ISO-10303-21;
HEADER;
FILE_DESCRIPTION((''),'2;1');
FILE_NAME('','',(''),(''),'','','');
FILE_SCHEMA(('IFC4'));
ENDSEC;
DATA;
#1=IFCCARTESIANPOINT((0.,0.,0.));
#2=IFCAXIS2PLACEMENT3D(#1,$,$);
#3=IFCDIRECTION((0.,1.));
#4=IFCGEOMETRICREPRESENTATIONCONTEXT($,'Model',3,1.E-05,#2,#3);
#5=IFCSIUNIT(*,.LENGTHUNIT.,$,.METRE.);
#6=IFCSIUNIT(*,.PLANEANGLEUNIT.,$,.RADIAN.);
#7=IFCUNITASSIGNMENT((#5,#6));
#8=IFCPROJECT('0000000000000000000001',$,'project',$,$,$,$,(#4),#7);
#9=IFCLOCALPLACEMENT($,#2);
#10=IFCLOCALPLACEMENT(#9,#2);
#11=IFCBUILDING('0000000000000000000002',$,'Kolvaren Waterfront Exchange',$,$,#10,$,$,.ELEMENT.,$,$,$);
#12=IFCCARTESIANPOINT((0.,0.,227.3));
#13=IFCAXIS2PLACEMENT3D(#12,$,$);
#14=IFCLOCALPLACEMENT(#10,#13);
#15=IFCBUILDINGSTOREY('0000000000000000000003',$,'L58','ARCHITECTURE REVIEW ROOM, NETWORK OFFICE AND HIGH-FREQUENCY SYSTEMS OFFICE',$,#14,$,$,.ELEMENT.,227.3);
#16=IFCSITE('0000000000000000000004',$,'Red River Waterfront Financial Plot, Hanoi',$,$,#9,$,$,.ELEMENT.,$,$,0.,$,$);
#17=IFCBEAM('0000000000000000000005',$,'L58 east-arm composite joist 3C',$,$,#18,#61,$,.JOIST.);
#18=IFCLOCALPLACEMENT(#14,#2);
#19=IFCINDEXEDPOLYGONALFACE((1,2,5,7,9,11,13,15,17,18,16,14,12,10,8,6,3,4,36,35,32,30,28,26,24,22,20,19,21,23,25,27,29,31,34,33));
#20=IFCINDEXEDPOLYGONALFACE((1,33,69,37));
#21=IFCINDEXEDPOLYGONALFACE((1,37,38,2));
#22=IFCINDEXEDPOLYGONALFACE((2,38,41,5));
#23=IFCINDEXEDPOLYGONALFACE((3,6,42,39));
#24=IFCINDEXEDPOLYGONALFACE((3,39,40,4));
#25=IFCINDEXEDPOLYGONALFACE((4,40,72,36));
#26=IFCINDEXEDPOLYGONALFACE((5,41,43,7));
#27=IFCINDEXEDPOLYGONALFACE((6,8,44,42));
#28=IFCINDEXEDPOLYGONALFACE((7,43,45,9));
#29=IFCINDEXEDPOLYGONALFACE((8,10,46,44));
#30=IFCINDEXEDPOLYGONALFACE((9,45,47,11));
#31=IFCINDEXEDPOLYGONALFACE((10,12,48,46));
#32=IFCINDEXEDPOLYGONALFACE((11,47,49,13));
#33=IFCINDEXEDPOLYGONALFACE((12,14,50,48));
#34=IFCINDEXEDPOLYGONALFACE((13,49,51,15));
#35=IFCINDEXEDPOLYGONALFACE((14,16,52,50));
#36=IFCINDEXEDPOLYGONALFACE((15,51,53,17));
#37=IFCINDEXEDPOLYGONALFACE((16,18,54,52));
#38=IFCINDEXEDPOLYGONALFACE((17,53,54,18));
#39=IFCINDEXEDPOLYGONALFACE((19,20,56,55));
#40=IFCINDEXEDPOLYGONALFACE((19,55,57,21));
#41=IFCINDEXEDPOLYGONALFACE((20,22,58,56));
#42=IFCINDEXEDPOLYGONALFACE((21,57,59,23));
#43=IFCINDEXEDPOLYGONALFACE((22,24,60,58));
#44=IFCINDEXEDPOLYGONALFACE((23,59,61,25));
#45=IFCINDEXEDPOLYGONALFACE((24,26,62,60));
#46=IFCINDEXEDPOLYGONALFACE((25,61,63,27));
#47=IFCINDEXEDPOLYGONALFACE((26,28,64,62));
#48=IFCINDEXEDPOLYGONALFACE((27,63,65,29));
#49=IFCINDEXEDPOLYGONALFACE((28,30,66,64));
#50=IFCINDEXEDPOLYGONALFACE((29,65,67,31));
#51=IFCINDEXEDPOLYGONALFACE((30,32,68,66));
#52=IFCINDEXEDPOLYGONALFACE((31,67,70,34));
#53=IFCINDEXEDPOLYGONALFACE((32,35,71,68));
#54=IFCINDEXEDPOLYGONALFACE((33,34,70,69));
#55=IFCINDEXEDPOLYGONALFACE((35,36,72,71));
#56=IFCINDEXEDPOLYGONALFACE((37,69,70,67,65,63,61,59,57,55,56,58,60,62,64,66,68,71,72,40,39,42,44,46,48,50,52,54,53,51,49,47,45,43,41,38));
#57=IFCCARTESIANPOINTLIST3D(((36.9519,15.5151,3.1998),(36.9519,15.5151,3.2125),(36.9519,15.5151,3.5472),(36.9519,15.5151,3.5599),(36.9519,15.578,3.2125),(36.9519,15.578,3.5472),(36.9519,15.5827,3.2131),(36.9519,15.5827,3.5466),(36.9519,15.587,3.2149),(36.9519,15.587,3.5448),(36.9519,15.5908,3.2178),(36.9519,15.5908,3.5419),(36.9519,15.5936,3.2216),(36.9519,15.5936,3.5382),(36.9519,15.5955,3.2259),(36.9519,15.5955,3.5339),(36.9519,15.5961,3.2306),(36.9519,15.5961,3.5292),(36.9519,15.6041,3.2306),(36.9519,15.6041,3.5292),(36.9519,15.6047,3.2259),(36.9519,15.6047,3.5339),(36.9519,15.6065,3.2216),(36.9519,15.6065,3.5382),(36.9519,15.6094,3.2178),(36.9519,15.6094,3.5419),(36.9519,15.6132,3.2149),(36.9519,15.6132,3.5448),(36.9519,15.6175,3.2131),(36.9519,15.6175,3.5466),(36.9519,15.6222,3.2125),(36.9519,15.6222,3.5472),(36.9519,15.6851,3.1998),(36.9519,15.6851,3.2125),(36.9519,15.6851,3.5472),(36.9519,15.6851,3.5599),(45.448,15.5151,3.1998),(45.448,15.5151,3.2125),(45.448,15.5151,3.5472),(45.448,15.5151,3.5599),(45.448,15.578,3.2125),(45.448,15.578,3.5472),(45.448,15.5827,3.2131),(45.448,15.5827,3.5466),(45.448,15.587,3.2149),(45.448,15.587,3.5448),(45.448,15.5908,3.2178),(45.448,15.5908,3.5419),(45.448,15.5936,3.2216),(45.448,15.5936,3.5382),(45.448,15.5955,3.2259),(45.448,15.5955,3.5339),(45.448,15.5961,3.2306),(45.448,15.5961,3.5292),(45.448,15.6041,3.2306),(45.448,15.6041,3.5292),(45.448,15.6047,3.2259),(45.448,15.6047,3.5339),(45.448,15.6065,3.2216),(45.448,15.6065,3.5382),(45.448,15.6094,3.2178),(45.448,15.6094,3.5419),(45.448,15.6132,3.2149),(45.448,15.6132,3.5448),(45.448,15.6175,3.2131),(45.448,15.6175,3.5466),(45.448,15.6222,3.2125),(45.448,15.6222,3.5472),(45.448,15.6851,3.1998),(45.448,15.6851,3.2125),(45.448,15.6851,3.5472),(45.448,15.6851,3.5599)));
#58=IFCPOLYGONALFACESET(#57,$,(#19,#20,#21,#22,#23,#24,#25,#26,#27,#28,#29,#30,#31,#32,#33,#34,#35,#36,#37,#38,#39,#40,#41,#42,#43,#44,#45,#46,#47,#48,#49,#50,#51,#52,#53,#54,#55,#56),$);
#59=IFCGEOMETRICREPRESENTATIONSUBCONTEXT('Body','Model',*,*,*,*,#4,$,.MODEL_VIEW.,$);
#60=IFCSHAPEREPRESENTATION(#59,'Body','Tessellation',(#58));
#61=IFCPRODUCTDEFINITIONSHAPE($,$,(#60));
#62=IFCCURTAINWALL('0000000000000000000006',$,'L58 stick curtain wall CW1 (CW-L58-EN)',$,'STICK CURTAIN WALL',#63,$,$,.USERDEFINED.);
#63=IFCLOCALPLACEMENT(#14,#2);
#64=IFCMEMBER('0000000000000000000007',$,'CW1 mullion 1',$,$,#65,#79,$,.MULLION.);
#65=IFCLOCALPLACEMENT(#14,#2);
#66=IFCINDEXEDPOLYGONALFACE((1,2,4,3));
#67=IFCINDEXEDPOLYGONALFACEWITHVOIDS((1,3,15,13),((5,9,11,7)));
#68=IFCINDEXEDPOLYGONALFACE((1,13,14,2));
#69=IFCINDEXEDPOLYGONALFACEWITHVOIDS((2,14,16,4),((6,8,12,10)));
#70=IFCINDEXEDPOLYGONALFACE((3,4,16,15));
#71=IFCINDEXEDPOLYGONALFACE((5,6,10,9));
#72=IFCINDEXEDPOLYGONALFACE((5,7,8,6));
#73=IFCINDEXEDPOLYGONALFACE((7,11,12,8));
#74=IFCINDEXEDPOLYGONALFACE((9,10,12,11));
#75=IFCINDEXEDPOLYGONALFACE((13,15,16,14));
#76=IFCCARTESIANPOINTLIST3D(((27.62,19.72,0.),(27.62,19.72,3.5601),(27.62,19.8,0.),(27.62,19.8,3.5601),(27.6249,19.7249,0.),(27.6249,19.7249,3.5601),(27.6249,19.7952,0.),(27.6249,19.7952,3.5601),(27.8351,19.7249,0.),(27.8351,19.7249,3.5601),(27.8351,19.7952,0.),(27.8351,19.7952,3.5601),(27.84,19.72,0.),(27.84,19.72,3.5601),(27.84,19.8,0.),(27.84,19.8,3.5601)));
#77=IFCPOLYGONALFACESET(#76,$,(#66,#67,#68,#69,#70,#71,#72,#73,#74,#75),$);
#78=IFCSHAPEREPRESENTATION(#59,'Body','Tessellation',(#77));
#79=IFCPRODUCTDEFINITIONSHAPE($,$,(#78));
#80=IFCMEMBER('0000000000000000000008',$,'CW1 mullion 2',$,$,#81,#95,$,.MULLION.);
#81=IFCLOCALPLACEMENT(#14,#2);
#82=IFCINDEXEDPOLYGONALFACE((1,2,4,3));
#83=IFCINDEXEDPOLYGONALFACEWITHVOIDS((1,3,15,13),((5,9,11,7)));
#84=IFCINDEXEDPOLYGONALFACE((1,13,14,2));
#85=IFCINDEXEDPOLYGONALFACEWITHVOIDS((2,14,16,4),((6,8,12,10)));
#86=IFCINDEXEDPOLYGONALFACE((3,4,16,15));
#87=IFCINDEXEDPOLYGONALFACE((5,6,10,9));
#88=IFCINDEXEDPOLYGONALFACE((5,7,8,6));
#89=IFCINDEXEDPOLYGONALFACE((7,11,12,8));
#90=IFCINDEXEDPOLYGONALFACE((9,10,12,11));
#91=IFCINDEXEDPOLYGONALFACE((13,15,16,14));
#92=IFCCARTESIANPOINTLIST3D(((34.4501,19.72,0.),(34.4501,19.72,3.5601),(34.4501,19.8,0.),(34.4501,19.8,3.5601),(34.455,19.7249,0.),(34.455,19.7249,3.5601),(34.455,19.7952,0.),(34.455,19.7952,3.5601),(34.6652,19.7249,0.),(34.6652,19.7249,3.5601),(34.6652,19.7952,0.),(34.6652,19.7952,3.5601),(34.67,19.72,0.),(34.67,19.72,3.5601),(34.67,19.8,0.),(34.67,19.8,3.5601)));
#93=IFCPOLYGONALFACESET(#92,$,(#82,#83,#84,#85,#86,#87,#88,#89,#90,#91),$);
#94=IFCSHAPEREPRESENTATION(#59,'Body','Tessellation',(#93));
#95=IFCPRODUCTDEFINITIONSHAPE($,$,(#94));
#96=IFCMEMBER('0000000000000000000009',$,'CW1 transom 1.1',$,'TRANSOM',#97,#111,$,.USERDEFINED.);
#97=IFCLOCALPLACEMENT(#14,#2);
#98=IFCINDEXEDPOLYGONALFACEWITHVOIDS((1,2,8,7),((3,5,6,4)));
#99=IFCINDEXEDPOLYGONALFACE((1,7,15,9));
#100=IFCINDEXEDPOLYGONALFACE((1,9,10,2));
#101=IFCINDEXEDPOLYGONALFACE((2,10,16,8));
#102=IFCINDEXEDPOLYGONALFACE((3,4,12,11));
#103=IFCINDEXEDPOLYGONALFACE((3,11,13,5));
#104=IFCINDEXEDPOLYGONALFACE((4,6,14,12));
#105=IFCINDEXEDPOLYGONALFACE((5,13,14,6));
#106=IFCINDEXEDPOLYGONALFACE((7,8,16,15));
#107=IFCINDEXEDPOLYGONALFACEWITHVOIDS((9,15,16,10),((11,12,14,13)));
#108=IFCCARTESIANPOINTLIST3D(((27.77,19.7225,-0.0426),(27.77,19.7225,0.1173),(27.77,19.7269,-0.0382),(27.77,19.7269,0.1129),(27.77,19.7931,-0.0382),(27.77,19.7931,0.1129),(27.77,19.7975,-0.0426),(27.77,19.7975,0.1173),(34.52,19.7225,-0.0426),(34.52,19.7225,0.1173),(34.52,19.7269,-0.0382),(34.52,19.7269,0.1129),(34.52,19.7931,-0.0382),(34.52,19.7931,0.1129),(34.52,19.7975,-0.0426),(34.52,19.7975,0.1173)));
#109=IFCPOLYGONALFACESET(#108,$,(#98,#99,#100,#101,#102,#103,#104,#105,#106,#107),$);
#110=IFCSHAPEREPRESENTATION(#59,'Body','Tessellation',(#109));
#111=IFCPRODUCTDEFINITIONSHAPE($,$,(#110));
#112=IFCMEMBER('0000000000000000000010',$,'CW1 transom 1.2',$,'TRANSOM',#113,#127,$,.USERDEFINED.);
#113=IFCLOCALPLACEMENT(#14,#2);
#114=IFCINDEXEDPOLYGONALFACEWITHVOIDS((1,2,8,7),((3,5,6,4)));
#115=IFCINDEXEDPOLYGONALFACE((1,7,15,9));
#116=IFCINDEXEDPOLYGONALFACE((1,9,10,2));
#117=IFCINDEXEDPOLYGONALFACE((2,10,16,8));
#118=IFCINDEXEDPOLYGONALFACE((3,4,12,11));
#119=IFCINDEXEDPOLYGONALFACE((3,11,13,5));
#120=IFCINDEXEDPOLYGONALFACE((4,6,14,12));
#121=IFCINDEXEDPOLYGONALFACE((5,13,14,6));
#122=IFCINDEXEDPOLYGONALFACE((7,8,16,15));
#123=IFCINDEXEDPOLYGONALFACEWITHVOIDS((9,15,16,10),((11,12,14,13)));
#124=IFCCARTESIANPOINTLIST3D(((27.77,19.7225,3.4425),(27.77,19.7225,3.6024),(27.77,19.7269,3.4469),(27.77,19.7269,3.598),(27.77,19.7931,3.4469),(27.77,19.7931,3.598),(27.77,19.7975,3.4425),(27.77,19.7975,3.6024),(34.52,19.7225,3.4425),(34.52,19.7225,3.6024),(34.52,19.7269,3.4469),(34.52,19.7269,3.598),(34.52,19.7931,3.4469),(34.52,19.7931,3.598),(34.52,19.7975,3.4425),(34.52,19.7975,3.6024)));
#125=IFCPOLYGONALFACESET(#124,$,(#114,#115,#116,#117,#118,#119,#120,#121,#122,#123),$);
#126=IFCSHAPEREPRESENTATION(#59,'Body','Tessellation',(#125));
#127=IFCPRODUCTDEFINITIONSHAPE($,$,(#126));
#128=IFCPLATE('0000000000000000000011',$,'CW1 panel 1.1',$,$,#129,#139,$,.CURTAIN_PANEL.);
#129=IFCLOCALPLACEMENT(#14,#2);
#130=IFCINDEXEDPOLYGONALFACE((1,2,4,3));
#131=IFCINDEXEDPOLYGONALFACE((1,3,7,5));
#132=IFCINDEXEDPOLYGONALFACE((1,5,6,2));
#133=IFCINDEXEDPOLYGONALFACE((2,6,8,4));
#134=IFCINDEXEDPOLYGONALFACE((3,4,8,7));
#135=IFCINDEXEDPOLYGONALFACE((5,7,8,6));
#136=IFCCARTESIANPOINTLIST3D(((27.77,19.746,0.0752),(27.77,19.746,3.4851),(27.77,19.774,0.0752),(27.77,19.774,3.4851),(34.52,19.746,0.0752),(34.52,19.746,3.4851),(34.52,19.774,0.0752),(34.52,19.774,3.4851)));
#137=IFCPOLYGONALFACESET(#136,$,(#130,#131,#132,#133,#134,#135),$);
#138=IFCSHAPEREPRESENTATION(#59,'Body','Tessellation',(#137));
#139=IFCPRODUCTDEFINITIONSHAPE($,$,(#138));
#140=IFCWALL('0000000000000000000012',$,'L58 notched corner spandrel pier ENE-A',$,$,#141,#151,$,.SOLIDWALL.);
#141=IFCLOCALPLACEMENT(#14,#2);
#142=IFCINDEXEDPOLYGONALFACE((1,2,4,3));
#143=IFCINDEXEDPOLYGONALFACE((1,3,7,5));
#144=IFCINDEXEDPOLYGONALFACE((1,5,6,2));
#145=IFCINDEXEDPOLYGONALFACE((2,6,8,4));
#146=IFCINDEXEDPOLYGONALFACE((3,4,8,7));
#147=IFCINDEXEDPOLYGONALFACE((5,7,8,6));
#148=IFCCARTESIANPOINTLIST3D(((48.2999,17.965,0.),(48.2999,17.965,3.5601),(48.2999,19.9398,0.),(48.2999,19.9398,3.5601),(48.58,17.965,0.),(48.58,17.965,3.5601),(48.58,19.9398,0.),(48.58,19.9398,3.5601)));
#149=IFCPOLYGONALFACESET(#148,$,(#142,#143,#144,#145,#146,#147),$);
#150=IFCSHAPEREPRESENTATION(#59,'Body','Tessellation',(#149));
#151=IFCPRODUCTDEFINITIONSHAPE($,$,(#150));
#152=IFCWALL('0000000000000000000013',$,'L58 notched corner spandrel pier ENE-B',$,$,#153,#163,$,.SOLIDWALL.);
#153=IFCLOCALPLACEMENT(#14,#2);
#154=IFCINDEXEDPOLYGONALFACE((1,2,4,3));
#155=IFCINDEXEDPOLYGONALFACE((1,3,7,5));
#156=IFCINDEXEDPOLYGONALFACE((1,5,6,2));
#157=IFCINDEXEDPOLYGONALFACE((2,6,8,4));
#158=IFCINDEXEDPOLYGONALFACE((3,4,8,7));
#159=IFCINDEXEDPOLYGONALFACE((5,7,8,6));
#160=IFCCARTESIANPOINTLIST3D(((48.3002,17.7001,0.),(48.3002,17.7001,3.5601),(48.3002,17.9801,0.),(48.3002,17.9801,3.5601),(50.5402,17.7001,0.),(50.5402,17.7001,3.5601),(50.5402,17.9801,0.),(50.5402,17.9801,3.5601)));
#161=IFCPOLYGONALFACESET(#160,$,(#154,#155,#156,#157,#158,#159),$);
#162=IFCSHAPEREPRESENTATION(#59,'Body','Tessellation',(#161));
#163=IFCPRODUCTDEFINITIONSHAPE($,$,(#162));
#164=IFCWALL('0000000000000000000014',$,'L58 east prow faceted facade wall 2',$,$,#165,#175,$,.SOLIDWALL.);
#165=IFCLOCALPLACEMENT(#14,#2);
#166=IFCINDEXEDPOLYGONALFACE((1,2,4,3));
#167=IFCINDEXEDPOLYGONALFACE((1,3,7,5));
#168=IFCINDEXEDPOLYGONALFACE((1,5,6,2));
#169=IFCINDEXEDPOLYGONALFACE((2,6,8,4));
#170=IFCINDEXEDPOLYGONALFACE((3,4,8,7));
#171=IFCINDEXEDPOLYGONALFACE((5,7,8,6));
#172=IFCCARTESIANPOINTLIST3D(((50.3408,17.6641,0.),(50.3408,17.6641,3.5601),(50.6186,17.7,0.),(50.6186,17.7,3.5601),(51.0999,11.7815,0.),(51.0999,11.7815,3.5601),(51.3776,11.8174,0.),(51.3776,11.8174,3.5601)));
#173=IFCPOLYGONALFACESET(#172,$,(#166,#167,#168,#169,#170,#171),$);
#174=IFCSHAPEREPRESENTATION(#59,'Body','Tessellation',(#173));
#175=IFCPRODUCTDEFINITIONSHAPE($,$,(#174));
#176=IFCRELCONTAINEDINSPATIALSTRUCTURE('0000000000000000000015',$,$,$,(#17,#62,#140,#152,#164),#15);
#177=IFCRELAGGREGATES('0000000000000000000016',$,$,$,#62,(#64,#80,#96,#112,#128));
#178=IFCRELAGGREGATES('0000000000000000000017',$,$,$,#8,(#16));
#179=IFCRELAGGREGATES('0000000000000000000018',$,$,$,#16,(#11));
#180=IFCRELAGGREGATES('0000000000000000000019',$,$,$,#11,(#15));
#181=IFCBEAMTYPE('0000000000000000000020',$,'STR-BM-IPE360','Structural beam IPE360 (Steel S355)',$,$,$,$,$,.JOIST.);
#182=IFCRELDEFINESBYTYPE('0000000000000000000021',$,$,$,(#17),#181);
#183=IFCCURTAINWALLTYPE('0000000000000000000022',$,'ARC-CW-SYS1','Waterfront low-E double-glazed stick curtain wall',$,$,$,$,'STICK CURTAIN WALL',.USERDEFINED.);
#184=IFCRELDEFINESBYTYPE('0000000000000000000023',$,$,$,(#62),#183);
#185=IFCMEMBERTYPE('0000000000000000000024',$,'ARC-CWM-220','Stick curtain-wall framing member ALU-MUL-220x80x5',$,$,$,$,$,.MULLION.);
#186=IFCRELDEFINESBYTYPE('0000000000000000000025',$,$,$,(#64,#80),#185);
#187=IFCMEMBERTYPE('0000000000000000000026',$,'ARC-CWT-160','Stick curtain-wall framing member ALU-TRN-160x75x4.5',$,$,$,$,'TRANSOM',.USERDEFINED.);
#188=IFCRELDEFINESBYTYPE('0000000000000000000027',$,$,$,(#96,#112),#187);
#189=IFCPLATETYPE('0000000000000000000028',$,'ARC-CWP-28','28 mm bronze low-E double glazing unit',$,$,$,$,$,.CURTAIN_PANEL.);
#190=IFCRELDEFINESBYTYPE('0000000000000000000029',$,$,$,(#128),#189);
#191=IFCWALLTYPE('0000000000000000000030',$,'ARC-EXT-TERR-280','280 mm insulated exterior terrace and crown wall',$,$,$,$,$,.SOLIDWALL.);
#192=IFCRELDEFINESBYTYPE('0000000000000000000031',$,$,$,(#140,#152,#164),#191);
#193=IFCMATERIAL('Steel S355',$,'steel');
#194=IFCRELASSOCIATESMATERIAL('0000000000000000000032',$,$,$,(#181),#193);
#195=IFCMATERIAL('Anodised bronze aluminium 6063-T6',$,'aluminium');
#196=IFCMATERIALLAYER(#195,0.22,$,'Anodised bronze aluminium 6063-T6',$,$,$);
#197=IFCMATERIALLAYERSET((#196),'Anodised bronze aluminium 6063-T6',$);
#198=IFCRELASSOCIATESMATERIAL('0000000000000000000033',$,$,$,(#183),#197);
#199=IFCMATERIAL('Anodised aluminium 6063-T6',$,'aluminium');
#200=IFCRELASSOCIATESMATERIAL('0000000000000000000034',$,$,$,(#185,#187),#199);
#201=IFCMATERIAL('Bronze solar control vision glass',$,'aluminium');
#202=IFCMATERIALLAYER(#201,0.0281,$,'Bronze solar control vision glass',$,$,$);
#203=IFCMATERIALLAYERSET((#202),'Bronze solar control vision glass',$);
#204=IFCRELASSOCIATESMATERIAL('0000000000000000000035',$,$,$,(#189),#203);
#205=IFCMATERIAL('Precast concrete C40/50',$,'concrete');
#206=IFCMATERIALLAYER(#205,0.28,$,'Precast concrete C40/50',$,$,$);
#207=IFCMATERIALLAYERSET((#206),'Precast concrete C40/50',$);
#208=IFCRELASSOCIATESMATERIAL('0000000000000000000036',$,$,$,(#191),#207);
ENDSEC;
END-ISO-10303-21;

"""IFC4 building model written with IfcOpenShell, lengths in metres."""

from ifc_helpers import new_model, si_unit, direction, frame, frame_2d, origin, origin_with_axes, origin_2d, place, context, subcontext, project, spatial, rectangle, hollow_rectangle, i_section, extrude, source, transform, mapped, material, layer, layer_set, material_profile, profile_set, type_object, element, aggregate, save


model = new_model("IFC4")

# Units and contexts
model_context = context("Model", 3, precision=1e-05, world=origin(), true_north=direction((0.0, 1.0)))
body_context = subcontext(model_context, "Body", "Model", "MODEL_VIEW")
ifc_project = project(units=[si_unit("LENGTHUNIT", "METRE"), si_unit("PLANEANGLEUNIT", "RADIAN")], contexts=[model_context])

# Site, building, storey
site_placement = place(None, origin())
site = spatial("IfcSite", under=ifc_project, at=site_placement, Name="Red River Waterfront Financial Plot, Hanoi", CompositionType="ELEMENT", RefElevation=0.0)
building_placement = place(site_placement, origin())
building = spatial("IfcBuilding", under=site, at=building_placement, Name="Kolvaren Waterfront Exchange", CompositionType="ELEMENT")
storey_placement = place(building_placement, frame((0.0, 0.0, 227.3)))
storey = spatial("IfcBuildingStorey", under=building, at=storey_placement, Name="L58", Description="ARCHITECTURE REVIEW ROOM, NETWORK OFFICE AND HIGH-FREQUENCY SYSTEMS OFFICE", CompositionType="ELEMENT", Elevation=227.3)

# Beam
ifc_material_1 = material(Name="Steel S355", Category="steel")
ifc_material_profile_1 = material_profile(ifc_material_1, i_section(OverallWidth=0.1699, OverallDepth=0.3601, WebThickness=0.0081, FlangeThickness=0.0127, FilletRadius=0.0181, at=origin_2d()), Name="IPE360")
ifc_profile_set_1 = profile_set([ifc_material_profile_1], Name="Steel S355")
beam_type_1 = type_object("IfcBeamType", Name="STR-BM-IPE360", Description="Structural beam IPE360 (Steel S355)", PredefinedType="JOIST", material=ifc_profile_set_1)
for number, where, z_axis, x_axis, name in (
    (1, (36.9519, 15.6001, 3.3799), (1.0, 0.0, 0.0), (0.0, 1.0, 0.0), "L58 east-arm composite joist 3C"),
):
    element("IfcBeam", number, at=place(storey_placement, frame(where, z_axis=z_axis, x_axis=x_axis)), inside=storey, type_object=beam_type_1, Name=name, PredefinedType="JOIST", context=body_context, shape_type="SweptSolid", body=[
        extrude(i_section(OverallWidth=0.1699, OverallDepth=0.3601, WebThickness=0.0081, FlangeThickness=0.0127, FilletRadius=0.0181, at=origin_2d()), origin(), (0.0, 0.0, 1.0), 8.4961),
    ])

# Curtain wall, members, plate
ifc_material_2 = material(Name="Anodised bronze aluminium 6063-T6", Category="aluminium")
ifc_layer_1 = layer(ifc_material_2, 0.22, Name="Anodised bronze aluminium 6063-T6")
ifc_layer_set_1 = layer_set([ifc_layer_1], Name="Anodised bronze aluminium 6063-T6")
curtain_wall_type = type_object("IfcCurtainWallType", Name="ARC-CW-SYS1", Description="Waterfront low-E double-glazed stick curtain wall", ElementType="STICK CURTAIN WALL", PredefinedType="USERDEFINED", material=ifc_layer_set_1)
curtain_wall_placement = place(storey_placement, origin())
curtain_wall = element("IfcCurtainWall", 2, at=curtain_wall_placement, inside=storey, type_object=curtain_wall_type, Name="L58 stick curtain wall CW1 (CW-L58-EN)", ObjectType="STICK CURTAIN WALL", PredefinedType="USERDEFINED")
ifc_material_3 = material(Name="Anodised aluminium 6063-T6", Category="aluminium")
ifc_material_profile_2 = material_profile(ifc_material_3, hollow_rectangle(XDim=0.0801, YDim=0.22, WallThickness=0.0049, at=origin_2d()), Name="ALU-MUL-220x80x5")
ifc_profile_set_2 = profile_set([ifc_material_profile_2], Name="Anodised aluminium 6063-T6")
member_type_1 = type_object("IfcMemberType", Name="ARC-CWM-220", Description="Stick curtain-wall framing member ALU-MUL-220x80x5", PredefinedType="MULLION", material=ifc_profile_set_2)
shared_shape_1 = source(origin_with_axes(), body_context, "Body", "SweptSolid", [
    extrude(hollow_rectangle(XDim=0.0801, YDim=0.22, WallThickness=0.0049, at=origin_2d()), origin(), (0.0, 0.0, 1.0), 3.5601),
])
member_1_placement = place(storey_placement, frame((27.73, 19.76, 0.0), z_axis=(0.0, 0.0, 1.0), x_axis=(0.0, 1.0, 0.0)))
member_1 = element("IfcMember", 3, at=member_1_placement, type_object=member_type_1, Name="CW1 mullion 1", PredefinedType="MULLION", context=body_context, shape_type="MappedRepresentation", body=[
    mapped(shared_shape_1, transform((0.0, 0.0, 0.0), x_axis=(1.0, 0.0, 0.0), y_axis=(0.0, 1.0, 0.0), z_axis=(0.0, 0.0, 1.0), scale=1.0)),
])
member_2_placement = place(storey_placement, frame((34.5601, 19.76, 0.0), z_axis=(0.0, 0.0, 1.0), x_axis=(0.0, 1.0, 0.0)))
member_2 = element("IfcMember", 4, at=member_2_placement, type_object=member_type_1, Name="CW1 mullion 2", PredefinedType="MULLION", context=body_context, shape_type="MappedRepresentation", body=[
    mapped(shared_shape_1, transform((0.0, 0.0, 0.0), x_axis=(1.0, 0.0, 0.0), y_axis=(0.0, 1.0, 0.0), z_axis=(0.0, 0.0, 1.0), scale=1.0)),
])
ifc_material_profile_3 = material_profile(ifc_material_3, hollow_rectangle(XDim=0.075, YDim=0.1599, WallThickness=0.0044, at=origin_2d()), Name="ALU-TRN-160x75x4.5")
ifc_profile_set_3 = profile_set([ifc_material_profile_3], Name="Anodised aluminium 6063-T6")
member_type_2 = type_object("IfcMemberType", Name="ARC-CWT-160", Description="Stick curtain-wall framing member ALU-TRN-160x75x4.5", ElementType="TRANSOM", PredefinedType="USERDEFINED", material=ifc_profile_set_3)
shared_shape_2 = source(origin_with_axes(), body_context, "Body", "SweptSolid", [
    extrude(hollow_rectangle(XDim=0.075, YDim=0.1599, WallThickness=0.0044, at=origin_2d()), origin(), (0.0, 0.0, 1.0), 6.75),
])
member_3_placement = place(storey_placement, frame((27.77, 19.76, 0.0374), z_axis=(1.0, 0.0, 0.0), x_axis=(0.0, 1.0, 0.0)))
member_3 = element("IfcMember", 5, at=member_3_placement, type_object=member_type_2, Name="CW1 transom 1.1", ObjectType="TRANSOM", PredefinedType="USERDEFINED", context=body_context, shape_type="MappedRepresentation", body=[
    mapped(shared_shape_2, transform((0.0, 0.0, 0.0), x_axis=(1.0, 0.0, 0.0), y_axis=(0.0, 1.0, 0.0), z_axis=(0.0, 0.0, 1.0), scale=1.0)),
])
member_4_placement = place(storey_placement, frame((27.77, 19.76, 3.5225), z_axis=(1.0, 0.0, 0.0), x_axis=(0.0, 1.0, 0.0)))
member_4 = element("IfcMember", 6, at=member_4_placement, type_object=member_type_2, Name="CW1 transom 1.2", ObjectType="TRANSOM", PredefinedType="USERDEFINED", context=body_context, shape_type="MappedRepresentation", body=[
    mapped(shared_shape_2, transform((0.0, 0.0, 0.0), x_axis=(1.0, 0.0, 0.0), y_axis=(0.0, 1.0, 0.0), z_axis=(0.0, 0.0, 1.0), scale=1.0)),
])
ifc_material_4 = material(Name="Bronze solar control vision glass", Category="aluminium")
ifc_layer_2 = layer(ifc_material_4, 0.0281, Name="Bronze solar control vision glass")
ifc_layer_set_2 = layer_set([ifc_layer_2], Name="Bronze solar control vision glass")
plate_type = type_object("IfcPlateType", Name="ARC-CWP-28", Description="28 mm bronze low-E double glazing unit", PredefinedType="CURTAIN_PANEL", material=ifc_layer_set_2)
shared_shape_3 = source(origin_with_axes(), body_context, "Body", "SweptSolid", [
    extrude(rectangle(XDim=6.75, YDim=0.0281, at=origin_2d()), origin(), (0.0, 0.0, 1.0), 3.4099),
])
plate_placement = place(storey_placement, frame((31.145, 19.76, 0.0752), z_axis=(0.0, 0.0, 1.0), x_axis=(1.0, 0.0, 0.0)))
plate = element("IfcPlate", 7, at=plate_placement, type_object=plate_type, Name="CW1 panel 1.1", PredefinedType="CURTAIN_PANEL", context=body_context, shape_type="MappedRepresentation", body=[
    mapped(shared_shape_3, transform((0.0, 0.0, 0.0), x_axis=(1.0, 0.0, 0.0), y_axis=(0.0, 1.0, 0.0), z_axis=(0.0, 0.0, 1.0), scale=1.0)),
])
aggregate(curtain_wall, [member_1, member_2, member_3, member_4, plate])

# Walls
ifc_material_5 = material(Name="Precast concrete C40/50", Category="concrete")
ifc_layer_3 = layer(ifc_material_5, 0.28, Name="Precast concrete C40/50")
ifc_layer_set_3 = layer_set([ifc_layer_3], Name="Precast concrete C40/50")
wall_type_1 = type_object("IfcWallType", Name="ARC-EXT-TERR-280", Description="280 mm insulated exterior terrace and crown wall", PredefinedType="SOLIDWALL", material=ifc_layer_set_3)
wall_1_placement = place(storey_placement, frame((48.4399, 17.9651, 0.0), z_axis=(0.0, 0.0, 1.0), x_axis=(0.0, 1.0, 0.0)))
element("IfcWall", 8, at=wall_1_placement, inside=storey, type_object=wall_type_1, Name="L58 notched corner spandrel pier ENE-A", PredefinedType="SOLIDWALL", context=body_context, shape_type="SweptSolid", body=[
    extrude(rectangle(XDim=1.9749, YDim=0.28, at=frame_2d((0.9873, 0.0))), origin(), (0.0, 0.0, 1.0), 3.5601),
])
wall_2_placement = place(storey_placement, frame((48.3, 17.8401, 0.0), z_axis=(0.0, 0.0, 1.0), x_axis=(1.0, 0.0, 0.0)))
element("IfcWall", 9, at=wall_2_placement, inside=storey, type_object=wall_type_1, Name="L58 notched corner spandrel pier ENE-B", PredefinedType="SOLIDWALL", context=body_context, shape_type="SweptSolid", body=[
    extrude(rectangle(XDim=2.24, YDim=0.28, at=frame_2d((1.1201, 0.0))), origin(), (0.0, 0.0, 1.0), 3.5601),
])
wall_3_placement = place(storey_placement, frame((51.2388, 11.7993, 0.0), z_axis=(0.0, 0.0, 1.0), x_axis=(-0.12797, 0.991778, 0.0)))
element("IfcWall", 10, at=wall_3_placement, inside=storey, type_object=wall_type_1, Name="L58 east prow faceted facade wall 2", PredefinedType="SOLIDWALL", context=body_context, shape_type="SweptSolid", body=[
    extrude(rectangle(XDim=5.9314, YDim=0.28, at=frame_2d((2.9658, 0.0))), origin(), (0.0, 0.0, 1.0), 3.5601),
])

save(model, "model.ifc")
